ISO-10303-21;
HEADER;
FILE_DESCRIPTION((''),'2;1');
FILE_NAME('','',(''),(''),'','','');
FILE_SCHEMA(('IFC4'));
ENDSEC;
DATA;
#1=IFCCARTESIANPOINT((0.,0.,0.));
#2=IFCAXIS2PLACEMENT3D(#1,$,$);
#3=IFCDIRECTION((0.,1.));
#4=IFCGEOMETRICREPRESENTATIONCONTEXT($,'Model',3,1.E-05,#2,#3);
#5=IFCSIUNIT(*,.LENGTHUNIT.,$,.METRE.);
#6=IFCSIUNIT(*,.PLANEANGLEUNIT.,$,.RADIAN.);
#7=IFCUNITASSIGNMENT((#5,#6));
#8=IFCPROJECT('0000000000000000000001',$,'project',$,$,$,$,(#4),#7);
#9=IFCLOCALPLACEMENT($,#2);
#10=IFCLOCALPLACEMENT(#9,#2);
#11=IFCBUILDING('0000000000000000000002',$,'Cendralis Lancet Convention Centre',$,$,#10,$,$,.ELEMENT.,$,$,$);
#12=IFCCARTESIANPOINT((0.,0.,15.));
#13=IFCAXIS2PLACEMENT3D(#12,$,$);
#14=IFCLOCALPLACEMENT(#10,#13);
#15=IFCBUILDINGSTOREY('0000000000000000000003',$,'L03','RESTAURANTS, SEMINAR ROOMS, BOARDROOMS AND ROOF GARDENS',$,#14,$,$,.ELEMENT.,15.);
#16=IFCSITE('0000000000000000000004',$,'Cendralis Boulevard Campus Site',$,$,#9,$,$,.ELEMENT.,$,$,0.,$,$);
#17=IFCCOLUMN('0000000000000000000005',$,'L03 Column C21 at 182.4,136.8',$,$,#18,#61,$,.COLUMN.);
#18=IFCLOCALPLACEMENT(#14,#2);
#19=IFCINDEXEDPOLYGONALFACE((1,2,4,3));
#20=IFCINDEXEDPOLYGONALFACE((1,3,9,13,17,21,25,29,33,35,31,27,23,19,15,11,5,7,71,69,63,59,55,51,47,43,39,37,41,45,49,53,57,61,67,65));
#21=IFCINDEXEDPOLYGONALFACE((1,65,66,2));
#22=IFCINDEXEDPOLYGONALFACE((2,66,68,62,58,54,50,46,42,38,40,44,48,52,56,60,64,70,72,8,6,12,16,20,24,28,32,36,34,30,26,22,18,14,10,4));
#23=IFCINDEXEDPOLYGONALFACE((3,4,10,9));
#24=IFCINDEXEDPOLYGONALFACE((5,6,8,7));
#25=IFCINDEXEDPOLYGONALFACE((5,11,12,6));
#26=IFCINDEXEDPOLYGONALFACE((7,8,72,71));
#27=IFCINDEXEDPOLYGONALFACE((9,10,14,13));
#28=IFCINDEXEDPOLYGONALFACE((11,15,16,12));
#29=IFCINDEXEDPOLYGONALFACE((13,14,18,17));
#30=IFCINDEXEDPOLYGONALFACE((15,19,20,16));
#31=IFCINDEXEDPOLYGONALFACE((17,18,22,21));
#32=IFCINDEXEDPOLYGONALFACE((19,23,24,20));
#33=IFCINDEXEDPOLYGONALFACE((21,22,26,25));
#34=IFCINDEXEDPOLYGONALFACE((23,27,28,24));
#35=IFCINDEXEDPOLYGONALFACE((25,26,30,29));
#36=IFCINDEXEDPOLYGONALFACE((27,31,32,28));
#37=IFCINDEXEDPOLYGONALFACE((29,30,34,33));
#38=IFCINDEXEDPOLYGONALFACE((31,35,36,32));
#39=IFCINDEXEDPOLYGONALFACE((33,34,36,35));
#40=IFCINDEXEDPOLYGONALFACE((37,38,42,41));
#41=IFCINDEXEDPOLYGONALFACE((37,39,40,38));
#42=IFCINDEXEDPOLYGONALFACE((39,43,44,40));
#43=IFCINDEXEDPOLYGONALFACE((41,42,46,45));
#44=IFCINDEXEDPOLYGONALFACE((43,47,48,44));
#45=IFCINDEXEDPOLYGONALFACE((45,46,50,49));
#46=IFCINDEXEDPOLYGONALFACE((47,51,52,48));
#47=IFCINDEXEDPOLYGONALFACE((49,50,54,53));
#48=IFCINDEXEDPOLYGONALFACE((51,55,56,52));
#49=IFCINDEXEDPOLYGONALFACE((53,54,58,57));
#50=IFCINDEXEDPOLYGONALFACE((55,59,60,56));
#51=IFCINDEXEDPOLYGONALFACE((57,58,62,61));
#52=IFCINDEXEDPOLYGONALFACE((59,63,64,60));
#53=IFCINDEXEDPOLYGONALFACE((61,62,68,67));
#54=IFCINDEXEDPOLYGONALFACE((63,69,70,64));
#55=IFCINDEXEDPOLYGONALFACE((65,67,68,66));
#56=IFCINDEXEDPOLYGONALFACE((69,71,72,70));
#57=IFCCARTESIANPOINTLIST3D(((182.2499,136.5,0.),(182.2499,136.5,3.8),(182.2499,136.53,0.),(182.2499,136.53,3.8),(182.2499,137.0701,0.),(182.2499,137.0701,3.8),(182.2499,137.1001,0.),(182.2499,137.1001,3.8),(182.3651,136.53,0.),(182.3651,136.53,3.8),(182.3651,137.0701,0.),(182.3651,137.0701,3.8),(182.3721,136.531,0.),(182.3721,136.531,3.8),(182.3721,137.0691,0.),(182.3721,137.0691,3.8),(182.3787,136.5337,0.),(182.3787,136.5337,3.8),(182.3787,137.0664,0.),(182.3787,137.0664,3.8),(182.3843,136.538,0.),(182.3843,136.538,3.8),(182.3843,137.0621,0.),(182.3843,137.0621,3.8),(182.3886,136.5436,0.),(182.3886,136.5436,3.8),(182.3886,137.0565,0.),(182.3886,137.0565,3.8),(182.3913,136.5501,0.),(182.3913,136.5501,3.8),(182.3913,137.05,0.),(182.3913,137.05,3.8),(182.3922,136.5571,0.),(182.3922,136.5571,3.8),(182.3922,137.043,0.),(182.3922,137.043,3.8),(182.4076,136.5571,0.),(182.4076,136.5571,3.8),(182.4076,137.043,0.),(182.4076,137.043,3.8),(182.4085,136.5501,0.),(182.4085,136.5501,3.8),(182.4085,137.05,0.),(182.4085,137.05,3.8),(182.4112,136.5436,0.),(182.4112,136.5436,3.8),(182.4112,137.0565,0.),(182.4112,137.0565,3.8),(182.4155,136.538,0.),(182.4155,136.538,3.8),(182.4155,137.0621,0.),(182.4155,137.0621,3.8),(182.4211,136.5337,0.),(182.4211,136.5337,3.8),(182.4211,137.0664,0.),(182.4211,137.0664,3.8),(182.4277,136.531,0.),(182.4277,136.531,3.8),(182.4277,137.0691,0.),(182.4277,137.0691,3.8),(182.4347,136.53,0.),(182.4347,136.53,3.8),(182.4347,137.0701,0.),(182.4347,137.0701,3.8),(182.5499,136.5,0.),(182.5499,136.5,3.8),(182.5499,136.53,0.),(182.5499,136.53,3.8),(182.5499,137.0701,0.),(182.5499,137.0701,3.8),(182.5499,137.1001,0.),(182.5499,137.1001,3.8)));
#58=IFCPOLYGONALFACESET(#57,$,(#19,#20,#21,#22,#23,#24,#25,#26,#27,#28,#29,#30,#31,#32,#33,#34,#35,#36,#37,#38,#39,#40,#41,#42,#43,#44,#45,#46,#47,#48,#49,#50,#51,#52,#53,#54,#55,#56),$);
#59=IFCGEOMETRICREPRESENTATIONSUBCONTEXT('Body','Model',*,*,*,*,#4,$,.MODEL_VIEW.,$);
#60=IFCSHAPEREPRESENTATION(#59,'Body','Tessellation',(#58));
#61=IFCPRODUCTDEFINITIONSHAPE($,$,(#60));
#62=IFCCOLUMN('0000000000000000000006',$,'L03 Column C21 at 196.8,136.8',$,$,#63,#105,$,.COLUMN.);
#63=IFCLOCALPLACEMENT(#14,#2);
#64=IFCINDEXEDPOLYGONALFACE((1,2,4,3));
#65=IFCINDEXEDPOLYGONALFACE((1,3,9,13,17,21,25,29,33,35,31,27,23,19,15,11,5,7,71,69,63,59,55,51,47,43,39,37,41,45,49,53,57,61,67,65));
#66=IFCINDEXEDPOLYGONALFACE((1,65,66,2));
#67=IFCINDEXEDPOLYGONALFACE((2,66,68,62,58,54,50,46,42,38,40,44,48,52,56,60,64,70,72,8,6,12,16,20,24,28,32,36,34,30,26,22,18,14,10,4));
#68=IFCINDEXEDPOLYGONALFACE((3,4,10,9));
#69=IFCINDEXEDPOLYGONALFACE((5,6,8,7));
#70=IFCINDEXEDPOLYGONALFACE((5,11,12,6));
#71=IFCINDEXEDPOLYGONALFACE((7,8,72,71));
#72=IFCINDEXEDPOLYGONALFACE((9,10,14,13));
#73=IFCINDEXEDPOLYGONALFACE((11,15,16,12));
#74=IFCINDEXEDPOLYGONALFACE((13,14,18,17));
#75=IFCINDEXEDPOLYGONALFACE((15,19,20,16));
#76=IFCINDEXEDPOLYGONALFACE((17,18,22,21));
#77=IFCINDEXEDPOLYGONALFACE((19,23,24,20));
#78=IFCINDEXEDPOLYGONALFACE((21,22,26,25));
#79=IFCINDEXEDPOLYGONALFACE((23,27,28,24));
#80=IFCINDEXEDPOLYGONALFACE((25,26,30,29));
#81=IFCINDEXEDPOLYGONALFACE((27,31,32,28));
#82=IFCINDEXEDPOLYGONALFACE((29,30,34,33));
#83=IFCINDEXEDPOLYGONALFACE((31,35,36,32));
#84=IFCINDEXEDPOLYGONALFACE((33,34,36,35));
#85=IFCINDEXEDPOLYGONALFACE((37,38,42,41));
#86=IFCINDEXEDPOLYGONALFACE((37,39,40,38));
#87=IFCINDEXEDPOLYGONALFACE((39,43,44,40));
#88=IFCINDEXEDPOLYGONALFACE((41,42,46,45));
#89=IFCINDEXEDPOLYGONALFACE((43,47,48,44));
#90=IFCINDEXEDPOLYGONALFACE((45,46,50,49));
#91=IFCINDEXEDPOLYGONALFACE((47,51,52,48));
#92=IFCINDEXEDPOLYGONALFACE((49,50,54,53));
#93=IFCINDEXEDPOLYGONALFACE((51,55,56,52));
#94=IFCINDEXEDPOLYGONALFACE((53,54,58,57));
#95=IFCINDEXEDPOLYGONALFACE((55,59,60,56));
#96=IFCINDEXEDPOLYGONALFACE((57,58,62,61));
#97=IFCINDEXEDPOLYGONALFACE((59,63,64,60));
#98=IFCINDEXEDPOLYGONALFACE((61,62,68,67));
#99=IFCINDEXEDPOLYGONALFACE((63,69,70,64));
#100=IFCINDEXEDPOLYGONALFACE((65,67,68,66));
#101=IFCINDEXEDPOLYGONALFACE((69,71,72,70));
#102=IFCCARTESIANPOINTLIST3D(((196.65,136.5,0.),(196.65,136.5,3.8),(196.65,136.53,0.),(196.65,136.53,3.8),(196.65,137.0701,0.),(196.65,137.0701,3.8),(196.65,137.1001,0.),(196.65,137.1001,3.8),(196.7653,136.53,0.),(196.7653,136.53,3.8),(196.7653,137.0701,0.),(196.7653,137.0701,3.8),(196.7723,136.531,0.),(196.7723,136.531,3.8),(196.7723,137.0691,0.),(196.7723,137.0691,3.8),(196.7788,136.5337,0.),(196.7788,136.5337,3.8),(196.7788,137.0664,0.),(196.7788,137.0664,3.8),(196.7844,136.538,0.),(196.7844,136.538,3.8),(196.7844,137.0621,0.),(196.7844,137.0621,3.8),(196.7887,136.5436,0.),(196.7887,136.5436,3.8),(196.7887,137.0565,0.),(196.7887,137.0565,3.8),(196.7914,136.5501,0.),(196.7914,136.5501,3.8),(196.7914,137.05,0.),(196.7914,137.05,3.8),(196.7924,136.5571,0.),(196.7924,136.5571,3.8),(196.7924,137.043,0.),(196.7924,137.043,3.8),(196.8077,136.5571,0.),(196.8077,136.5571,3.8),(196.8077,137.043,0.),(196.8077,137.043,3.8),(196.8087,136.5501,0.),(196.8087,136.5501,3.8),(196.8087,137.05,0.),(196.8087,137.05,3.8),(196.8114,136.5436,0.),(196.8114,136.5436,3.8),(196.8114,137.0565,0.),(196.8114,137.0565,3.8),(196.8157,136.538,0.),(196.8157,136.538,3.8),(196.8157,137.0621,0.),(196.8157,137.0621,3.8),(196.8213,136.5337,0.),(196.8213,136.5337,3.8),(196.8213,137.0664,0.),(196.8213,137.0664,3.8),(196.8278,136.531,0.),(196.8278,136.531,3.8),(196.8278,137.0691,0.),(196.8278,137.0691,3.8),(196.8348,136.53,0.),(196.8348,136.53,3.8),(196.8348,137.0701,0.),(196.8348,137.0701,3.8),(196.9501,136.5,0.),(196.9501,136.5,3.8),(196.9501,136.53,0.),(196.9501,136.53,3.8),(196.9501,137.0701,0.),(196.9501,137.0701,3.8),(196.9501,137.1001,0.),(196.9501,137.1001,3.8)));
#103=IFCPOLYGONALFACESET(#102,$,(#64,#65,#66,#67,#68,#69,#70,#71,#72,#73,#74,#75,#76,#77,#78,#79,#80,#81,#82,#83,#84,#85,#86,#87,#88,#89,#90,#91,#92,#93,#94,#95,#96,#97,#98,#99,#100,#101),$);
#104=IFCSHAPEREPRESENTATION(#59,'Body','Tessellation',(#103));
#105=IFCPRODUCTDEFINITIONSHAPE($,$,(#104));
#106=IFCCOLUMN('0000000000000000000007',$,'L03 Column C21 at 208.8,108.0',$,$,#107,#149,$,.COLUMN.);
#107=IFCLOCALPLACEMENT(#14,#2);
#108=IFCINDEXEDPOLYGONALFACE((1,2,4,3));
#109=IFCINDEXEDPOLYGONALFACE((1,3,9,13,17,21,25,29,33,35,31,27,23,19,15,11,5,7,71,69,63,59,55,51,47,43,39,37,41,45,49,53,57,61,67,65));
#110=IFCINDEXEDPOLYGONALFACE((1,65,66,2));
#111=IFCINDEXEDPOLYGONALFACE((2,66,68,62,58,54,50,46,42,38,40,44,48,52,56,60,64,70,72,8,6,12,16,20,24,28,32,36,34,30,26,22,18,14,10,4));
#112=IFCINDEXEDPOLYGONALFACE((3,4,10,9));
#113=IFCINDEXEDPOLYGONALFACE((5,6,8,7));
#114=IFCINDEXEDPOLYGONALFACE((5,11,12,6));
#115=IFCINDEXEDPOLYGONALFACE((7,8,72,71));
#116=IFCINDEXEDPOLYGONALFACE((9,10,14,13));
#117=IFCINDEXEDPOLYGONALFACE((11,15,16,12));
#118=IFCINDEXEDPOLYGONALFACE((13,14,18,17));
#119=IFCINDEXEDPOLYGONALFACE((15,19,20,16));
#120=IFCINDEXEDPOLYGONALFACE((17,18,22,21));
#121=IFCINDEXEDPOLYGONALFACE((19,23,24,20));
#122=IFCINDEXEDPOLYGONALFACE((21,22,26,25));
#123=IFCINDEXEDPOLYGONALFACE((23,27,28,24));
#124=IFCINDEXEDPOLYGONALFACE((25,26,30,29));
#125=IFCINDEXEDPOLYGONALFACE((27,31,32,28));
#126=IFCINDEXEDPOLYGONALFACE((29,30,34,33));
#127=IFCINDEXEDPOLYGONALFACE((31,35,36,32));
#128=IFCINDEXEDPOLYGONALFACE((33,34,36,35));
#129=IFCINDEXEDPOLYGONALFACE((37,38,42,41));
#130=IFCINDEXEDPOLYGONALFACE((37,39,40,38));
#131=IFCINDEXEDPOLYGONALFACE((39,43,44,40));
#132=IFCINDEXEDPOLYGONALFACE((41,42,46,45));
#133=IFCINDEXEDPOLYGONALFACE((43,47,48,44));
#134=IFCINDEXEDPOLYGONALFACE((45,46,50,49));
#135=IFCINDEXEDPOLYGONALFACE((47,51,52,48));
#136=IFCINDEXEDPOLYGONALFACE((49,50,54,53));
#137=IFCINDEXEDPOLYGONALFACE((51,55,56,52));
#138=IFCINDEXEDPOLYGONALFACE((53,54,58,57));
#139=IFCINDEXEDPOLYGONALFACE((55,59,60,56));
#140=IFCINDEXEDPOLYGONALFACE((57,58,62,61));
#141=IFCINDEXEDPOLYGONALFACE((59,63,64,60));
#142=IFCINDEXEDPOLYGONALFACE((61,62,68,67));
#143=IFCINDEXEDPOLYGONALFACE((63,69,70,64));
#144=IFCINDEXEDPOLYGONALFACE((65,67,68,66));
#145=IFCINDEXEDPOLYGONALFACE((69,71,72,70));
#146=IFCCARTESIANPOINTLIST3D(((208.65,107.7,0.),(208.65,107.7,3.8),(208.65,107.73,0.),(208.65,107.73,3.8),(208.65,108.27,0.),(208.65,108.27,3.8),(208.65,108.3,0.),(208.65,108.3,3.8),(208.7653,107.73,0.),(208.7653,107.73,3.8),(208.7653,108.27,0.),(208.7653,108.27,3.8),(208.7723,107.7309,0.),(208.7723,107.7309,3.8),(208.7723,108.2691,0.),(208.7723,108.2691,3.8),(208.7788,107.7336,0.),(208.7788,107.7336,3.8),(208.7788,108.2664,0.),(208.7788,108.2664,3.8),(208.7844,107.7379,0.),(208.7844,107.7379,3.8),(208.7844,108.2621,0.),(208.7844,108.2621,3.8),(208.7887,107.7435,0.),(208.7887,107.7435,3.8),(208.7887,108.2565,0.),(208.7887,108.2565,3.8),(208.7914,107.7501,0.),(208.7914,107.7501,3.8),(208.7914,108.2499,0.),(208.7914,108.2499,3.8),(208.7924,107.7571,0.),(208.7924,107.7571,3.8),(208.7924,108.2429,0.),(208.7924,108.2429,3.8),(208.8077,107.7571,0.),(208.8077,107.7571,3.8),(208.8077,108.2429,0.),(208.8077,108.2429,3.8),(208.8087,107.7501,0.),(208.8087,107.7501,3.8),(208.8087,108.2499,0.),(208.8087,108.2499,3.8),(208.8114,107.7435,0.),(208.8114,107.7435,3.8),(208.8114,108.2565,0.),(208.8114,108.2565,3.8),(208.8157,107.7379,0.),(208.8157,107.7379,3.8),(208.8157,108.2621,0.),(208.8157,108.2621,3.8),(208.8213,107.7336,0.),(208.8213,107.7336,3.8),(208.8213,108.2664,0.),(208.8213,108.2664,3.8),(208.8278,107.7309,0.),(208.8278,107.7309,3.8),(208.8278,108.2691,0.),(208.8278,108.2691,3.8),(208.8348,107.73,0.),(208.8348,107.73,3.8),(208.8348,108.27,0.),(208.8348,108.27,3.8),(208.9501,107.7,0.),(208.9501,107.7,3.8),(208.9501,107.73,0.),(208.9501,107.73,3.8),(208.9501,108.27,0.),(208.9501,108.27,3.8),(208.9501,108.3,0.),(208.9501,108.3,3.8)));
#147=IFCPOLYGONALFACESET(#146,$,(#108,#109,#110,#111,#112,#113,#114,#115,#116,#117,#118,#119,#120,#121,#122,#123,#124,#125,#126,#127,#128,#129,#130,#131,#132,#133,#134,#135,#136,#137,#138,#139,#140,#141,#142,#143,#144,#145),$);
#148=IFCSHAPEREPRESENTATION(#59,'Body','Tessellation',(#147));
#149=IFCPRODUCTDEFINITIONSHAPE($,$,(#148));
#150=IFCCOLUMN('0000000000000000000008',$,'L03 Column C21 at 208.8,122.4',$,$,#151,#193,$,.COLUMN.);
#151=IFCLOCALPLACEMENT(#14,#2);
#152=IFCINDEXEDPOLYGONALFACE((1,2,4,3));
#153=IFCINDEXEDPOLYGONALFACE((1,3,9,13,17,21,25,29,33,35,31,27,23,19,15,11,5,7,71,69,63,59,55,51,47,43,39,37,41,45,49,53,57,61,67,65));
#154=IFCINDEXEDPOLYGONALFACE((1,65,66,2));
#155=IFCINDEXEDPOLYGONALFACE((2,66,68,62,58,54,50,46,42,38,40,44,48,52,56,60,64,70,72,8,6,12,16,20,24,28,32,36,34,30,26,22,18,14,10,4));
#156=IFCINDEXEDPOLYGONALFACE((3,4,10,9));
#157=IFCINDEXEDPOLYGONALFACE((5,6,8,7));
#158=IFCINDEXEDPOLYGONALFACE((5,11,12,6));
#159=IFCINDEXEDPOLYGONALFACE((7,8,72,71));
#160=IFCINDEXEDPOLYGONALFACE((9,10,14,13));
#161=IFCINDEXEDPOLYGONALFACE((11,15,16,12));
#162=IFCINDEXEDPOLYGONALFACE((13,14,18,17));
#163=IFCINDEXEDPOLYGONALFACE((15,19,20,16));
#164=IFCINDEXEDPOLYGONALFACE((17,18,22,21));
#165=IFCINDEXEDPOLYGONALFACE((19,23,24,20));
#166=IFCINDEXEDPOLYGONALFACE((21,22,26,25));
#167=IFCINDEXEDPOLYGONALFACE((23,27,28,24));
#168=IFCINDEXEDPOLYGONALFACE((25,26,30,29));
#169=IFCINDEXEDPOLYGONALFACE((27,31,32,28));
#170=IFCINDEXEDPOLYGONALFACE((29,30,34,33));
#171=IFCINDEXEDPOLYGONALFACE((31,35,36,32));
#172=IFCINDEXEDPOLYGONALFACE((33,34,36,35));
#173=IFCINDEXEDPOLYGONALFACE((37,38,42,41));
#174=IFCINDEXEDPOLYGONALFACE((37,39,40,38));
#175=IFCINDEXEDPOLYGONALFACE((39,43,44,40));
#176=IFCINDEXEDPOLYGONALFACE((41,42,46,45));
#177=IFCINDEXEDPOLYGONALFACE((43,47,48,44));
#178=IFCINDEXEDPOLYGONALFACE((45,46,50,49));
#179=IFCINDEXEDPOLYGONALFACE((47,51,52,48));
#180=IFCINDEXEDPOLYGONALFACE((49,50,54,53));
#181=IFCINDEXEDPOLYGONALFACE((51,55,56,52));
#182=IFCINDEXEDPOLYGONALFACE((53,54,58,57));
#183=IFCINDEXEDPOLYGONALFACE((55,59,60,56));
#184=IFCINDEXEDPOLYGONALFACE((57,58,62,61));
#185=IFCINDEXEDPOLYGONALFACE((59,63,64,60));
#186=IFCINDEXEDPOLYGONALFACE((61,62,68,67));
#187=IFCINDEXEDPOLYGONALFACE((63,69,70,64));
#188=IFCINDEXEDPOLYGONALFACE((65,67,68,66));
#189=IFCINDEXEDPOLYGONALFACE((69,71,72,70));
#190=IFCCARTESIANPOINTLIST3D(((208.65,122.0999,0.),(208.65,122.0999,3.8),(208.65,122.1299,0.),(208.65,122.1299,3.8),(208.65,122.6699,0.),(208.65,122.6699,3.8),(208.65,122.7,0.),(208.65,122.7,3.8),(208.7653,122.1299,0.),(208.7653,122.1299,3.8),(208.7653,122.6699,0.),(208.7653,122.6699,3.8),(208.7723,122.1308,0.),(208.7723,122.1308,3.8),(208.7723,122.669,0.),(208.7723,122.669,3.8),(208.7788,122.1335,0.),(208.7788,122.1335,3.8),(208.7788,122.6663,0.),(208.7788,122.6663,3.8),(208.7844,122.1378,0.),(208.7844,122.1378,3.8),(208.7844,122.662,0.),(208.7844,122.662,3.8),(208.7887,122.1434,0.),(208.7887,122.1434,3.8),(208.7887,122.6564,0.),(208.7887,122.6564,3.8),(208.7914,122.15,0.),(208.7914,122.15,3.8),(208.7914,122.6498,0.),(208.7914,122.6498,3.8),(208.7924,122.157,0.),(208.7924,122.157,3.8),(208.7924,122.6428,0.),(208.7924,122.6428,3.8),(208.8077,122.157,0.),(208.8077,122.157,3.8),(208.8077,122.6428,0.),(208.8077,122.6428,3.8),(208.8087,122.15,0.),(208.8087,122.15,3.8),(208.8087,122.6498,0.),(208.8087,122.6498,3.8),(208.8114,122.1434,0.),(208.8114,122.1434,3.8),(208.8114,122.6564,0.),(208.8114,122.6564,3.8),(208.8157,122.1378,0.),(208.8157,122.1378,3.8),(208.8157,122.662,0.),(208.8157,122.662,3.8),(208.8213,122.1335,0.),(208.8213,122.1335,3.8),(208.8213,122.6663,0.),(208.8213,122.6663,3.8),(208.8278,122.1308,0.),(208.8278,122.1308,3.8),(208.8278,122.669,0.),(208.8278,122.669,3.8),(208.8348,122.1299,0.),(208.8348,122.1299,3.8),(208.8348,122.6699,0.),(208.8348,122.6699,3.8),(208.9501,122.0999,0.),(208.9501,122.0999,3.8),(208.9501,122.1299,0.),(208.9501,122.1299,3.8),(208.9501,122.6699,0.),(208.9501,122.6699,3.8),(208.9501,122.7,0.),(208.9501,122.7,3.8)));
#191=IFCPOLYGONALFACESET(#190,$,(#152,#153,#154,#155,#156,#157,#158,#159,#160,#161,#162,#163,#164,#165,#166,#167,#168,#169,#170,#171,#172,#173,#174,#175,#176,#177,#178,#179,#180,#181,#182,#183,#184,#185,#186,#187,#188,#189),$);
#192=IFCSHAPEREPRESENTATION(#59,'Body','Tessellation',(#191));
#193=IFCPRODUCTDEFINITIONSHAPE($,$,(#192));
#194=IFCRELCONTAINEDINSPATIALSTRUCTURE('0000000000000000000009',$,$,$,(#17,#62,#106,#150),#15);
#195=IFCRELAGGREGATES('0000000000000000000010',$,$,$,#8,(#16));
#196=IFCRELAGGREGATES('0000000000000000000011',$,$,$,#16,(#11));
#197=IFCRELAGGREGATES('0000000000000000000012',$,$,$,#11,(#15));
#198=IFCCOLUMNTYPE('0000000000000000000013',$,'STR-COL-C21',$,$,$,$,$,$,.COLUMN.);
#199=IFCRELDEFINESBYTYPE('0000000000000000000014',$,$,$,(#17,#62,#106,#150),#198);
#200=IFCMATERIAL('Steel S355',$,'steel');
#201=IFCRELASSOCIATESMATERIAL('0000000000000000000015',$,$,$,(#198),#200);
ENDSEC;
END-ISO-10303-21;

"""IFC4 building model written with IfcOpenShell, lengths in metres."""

from ifc_helpers import new_model, si_unit, direction, frame, origin, origin_2d, place, context, subcontext, project, spatial, i_section, extrude, material, material_profile, profile_set, type_object, element, save


model = new_model("IFC4")

# Units and contexts
model_context = context("Model", 3, precision=1e-05, world=origin(), true_north=direction((0.0, 1.0)))
body_context = subcontext(model_context, "Body", "Model", "MODEL_VIEW")
ifc_project = project(units=[si_unit("LENGTHUNIT", "METRE"), si_unit("PLANEANGLEUNIT", "RADIAN")], contexts=[model_context])

# Site, building, storey
site_placement = place(None, origin())
site = spatial("IfcSite", under=ifc_project, at=site_placement, Name="Cendralis Boulevard Campus Site", CompositionType="ELEMENT", RefElevation=0.0)
building_placement = place(site_placement, origin())
building = spatial("IfcBuilding", under=site, at=building_placement, Name="Cendralis Lancet Convention Centre", CompositionType="ELEMENT")
storey_placement = place(building_placement, frame((0.0, 0.0, 15.0)))
storey = spatial("IfcBuildingStorey", under=building, at=storey_placement, Name="L03", Description="RESTAURANTS, SEMINAR ROOMS, BOARDROOMS AND ROOF GARDENS", CompositionType="ELEMENT", Elevation=15.0)

# Columns
ifc_material = material(Name="Steel S355", Category="steel")
ifc_material_profile_1 = material_profile(ifc_material, i_section(OverallWidth=0.3, OverallDepth=0.6001, WebThickness=0.0154, FlangeThickness=0.03, FilletRadius=0.0271, at=origin_2d()), Name="HEB 600")
ifc_profile_set_1 = profile_set([ifc_material_profile_1], Name="Steel S355")
column_type = type_object("IfcColumnType", Name="STR-COL-C21", PredefinedType="COLUMN", material=ifc_profile_set_1)
for number, where, z_axis, x_axis, name in (
    (1, (182.3999, 136.8, 0.0), (0.0, 0.0, 1.0), (1.0, 0.0, 0.0), "L03 Column C21 at 182.4,136.8"),
    (2, (196.8, 136.8, 0.0), (0.0, 0.0, 1.0), (1.0, 0.0, 0.0), "L03 Column C21 at 196.8,136.8"),
    (3, (208.8, 108.0, 0.0), (0.0, 0.0, 1.0), (1.0, 0.0, 0.0), "L03 Column C21 at 208.8,108.0"),
    (4, (208.8, 122.3999, 0.0), (0.0, 0.0, 1.0), (1.0, 0.0, 0.0), "L03 Column C21 at 208.8,122.4"),
):
    element("IfcColumn", number, at=place(storey_placement, frame(where, z_axis=z_axis, x_axis=x_axis)), inside=storey, type_object=column_type, Name=name, PredefinedType="COLUMN", context=body_context, shape_type="SweptSolid", body=[
        extrude(i_section(OverallWidth=0.3, OverallDepth=0.6001, WebThickness=0.0154, FlangeThickness=0.03, FilletRadius=0.0271, at=origin_2d()), origin(), (0.0, 0.0, 1.0), 3.8),
    ])

save(model, "model.ifc")
